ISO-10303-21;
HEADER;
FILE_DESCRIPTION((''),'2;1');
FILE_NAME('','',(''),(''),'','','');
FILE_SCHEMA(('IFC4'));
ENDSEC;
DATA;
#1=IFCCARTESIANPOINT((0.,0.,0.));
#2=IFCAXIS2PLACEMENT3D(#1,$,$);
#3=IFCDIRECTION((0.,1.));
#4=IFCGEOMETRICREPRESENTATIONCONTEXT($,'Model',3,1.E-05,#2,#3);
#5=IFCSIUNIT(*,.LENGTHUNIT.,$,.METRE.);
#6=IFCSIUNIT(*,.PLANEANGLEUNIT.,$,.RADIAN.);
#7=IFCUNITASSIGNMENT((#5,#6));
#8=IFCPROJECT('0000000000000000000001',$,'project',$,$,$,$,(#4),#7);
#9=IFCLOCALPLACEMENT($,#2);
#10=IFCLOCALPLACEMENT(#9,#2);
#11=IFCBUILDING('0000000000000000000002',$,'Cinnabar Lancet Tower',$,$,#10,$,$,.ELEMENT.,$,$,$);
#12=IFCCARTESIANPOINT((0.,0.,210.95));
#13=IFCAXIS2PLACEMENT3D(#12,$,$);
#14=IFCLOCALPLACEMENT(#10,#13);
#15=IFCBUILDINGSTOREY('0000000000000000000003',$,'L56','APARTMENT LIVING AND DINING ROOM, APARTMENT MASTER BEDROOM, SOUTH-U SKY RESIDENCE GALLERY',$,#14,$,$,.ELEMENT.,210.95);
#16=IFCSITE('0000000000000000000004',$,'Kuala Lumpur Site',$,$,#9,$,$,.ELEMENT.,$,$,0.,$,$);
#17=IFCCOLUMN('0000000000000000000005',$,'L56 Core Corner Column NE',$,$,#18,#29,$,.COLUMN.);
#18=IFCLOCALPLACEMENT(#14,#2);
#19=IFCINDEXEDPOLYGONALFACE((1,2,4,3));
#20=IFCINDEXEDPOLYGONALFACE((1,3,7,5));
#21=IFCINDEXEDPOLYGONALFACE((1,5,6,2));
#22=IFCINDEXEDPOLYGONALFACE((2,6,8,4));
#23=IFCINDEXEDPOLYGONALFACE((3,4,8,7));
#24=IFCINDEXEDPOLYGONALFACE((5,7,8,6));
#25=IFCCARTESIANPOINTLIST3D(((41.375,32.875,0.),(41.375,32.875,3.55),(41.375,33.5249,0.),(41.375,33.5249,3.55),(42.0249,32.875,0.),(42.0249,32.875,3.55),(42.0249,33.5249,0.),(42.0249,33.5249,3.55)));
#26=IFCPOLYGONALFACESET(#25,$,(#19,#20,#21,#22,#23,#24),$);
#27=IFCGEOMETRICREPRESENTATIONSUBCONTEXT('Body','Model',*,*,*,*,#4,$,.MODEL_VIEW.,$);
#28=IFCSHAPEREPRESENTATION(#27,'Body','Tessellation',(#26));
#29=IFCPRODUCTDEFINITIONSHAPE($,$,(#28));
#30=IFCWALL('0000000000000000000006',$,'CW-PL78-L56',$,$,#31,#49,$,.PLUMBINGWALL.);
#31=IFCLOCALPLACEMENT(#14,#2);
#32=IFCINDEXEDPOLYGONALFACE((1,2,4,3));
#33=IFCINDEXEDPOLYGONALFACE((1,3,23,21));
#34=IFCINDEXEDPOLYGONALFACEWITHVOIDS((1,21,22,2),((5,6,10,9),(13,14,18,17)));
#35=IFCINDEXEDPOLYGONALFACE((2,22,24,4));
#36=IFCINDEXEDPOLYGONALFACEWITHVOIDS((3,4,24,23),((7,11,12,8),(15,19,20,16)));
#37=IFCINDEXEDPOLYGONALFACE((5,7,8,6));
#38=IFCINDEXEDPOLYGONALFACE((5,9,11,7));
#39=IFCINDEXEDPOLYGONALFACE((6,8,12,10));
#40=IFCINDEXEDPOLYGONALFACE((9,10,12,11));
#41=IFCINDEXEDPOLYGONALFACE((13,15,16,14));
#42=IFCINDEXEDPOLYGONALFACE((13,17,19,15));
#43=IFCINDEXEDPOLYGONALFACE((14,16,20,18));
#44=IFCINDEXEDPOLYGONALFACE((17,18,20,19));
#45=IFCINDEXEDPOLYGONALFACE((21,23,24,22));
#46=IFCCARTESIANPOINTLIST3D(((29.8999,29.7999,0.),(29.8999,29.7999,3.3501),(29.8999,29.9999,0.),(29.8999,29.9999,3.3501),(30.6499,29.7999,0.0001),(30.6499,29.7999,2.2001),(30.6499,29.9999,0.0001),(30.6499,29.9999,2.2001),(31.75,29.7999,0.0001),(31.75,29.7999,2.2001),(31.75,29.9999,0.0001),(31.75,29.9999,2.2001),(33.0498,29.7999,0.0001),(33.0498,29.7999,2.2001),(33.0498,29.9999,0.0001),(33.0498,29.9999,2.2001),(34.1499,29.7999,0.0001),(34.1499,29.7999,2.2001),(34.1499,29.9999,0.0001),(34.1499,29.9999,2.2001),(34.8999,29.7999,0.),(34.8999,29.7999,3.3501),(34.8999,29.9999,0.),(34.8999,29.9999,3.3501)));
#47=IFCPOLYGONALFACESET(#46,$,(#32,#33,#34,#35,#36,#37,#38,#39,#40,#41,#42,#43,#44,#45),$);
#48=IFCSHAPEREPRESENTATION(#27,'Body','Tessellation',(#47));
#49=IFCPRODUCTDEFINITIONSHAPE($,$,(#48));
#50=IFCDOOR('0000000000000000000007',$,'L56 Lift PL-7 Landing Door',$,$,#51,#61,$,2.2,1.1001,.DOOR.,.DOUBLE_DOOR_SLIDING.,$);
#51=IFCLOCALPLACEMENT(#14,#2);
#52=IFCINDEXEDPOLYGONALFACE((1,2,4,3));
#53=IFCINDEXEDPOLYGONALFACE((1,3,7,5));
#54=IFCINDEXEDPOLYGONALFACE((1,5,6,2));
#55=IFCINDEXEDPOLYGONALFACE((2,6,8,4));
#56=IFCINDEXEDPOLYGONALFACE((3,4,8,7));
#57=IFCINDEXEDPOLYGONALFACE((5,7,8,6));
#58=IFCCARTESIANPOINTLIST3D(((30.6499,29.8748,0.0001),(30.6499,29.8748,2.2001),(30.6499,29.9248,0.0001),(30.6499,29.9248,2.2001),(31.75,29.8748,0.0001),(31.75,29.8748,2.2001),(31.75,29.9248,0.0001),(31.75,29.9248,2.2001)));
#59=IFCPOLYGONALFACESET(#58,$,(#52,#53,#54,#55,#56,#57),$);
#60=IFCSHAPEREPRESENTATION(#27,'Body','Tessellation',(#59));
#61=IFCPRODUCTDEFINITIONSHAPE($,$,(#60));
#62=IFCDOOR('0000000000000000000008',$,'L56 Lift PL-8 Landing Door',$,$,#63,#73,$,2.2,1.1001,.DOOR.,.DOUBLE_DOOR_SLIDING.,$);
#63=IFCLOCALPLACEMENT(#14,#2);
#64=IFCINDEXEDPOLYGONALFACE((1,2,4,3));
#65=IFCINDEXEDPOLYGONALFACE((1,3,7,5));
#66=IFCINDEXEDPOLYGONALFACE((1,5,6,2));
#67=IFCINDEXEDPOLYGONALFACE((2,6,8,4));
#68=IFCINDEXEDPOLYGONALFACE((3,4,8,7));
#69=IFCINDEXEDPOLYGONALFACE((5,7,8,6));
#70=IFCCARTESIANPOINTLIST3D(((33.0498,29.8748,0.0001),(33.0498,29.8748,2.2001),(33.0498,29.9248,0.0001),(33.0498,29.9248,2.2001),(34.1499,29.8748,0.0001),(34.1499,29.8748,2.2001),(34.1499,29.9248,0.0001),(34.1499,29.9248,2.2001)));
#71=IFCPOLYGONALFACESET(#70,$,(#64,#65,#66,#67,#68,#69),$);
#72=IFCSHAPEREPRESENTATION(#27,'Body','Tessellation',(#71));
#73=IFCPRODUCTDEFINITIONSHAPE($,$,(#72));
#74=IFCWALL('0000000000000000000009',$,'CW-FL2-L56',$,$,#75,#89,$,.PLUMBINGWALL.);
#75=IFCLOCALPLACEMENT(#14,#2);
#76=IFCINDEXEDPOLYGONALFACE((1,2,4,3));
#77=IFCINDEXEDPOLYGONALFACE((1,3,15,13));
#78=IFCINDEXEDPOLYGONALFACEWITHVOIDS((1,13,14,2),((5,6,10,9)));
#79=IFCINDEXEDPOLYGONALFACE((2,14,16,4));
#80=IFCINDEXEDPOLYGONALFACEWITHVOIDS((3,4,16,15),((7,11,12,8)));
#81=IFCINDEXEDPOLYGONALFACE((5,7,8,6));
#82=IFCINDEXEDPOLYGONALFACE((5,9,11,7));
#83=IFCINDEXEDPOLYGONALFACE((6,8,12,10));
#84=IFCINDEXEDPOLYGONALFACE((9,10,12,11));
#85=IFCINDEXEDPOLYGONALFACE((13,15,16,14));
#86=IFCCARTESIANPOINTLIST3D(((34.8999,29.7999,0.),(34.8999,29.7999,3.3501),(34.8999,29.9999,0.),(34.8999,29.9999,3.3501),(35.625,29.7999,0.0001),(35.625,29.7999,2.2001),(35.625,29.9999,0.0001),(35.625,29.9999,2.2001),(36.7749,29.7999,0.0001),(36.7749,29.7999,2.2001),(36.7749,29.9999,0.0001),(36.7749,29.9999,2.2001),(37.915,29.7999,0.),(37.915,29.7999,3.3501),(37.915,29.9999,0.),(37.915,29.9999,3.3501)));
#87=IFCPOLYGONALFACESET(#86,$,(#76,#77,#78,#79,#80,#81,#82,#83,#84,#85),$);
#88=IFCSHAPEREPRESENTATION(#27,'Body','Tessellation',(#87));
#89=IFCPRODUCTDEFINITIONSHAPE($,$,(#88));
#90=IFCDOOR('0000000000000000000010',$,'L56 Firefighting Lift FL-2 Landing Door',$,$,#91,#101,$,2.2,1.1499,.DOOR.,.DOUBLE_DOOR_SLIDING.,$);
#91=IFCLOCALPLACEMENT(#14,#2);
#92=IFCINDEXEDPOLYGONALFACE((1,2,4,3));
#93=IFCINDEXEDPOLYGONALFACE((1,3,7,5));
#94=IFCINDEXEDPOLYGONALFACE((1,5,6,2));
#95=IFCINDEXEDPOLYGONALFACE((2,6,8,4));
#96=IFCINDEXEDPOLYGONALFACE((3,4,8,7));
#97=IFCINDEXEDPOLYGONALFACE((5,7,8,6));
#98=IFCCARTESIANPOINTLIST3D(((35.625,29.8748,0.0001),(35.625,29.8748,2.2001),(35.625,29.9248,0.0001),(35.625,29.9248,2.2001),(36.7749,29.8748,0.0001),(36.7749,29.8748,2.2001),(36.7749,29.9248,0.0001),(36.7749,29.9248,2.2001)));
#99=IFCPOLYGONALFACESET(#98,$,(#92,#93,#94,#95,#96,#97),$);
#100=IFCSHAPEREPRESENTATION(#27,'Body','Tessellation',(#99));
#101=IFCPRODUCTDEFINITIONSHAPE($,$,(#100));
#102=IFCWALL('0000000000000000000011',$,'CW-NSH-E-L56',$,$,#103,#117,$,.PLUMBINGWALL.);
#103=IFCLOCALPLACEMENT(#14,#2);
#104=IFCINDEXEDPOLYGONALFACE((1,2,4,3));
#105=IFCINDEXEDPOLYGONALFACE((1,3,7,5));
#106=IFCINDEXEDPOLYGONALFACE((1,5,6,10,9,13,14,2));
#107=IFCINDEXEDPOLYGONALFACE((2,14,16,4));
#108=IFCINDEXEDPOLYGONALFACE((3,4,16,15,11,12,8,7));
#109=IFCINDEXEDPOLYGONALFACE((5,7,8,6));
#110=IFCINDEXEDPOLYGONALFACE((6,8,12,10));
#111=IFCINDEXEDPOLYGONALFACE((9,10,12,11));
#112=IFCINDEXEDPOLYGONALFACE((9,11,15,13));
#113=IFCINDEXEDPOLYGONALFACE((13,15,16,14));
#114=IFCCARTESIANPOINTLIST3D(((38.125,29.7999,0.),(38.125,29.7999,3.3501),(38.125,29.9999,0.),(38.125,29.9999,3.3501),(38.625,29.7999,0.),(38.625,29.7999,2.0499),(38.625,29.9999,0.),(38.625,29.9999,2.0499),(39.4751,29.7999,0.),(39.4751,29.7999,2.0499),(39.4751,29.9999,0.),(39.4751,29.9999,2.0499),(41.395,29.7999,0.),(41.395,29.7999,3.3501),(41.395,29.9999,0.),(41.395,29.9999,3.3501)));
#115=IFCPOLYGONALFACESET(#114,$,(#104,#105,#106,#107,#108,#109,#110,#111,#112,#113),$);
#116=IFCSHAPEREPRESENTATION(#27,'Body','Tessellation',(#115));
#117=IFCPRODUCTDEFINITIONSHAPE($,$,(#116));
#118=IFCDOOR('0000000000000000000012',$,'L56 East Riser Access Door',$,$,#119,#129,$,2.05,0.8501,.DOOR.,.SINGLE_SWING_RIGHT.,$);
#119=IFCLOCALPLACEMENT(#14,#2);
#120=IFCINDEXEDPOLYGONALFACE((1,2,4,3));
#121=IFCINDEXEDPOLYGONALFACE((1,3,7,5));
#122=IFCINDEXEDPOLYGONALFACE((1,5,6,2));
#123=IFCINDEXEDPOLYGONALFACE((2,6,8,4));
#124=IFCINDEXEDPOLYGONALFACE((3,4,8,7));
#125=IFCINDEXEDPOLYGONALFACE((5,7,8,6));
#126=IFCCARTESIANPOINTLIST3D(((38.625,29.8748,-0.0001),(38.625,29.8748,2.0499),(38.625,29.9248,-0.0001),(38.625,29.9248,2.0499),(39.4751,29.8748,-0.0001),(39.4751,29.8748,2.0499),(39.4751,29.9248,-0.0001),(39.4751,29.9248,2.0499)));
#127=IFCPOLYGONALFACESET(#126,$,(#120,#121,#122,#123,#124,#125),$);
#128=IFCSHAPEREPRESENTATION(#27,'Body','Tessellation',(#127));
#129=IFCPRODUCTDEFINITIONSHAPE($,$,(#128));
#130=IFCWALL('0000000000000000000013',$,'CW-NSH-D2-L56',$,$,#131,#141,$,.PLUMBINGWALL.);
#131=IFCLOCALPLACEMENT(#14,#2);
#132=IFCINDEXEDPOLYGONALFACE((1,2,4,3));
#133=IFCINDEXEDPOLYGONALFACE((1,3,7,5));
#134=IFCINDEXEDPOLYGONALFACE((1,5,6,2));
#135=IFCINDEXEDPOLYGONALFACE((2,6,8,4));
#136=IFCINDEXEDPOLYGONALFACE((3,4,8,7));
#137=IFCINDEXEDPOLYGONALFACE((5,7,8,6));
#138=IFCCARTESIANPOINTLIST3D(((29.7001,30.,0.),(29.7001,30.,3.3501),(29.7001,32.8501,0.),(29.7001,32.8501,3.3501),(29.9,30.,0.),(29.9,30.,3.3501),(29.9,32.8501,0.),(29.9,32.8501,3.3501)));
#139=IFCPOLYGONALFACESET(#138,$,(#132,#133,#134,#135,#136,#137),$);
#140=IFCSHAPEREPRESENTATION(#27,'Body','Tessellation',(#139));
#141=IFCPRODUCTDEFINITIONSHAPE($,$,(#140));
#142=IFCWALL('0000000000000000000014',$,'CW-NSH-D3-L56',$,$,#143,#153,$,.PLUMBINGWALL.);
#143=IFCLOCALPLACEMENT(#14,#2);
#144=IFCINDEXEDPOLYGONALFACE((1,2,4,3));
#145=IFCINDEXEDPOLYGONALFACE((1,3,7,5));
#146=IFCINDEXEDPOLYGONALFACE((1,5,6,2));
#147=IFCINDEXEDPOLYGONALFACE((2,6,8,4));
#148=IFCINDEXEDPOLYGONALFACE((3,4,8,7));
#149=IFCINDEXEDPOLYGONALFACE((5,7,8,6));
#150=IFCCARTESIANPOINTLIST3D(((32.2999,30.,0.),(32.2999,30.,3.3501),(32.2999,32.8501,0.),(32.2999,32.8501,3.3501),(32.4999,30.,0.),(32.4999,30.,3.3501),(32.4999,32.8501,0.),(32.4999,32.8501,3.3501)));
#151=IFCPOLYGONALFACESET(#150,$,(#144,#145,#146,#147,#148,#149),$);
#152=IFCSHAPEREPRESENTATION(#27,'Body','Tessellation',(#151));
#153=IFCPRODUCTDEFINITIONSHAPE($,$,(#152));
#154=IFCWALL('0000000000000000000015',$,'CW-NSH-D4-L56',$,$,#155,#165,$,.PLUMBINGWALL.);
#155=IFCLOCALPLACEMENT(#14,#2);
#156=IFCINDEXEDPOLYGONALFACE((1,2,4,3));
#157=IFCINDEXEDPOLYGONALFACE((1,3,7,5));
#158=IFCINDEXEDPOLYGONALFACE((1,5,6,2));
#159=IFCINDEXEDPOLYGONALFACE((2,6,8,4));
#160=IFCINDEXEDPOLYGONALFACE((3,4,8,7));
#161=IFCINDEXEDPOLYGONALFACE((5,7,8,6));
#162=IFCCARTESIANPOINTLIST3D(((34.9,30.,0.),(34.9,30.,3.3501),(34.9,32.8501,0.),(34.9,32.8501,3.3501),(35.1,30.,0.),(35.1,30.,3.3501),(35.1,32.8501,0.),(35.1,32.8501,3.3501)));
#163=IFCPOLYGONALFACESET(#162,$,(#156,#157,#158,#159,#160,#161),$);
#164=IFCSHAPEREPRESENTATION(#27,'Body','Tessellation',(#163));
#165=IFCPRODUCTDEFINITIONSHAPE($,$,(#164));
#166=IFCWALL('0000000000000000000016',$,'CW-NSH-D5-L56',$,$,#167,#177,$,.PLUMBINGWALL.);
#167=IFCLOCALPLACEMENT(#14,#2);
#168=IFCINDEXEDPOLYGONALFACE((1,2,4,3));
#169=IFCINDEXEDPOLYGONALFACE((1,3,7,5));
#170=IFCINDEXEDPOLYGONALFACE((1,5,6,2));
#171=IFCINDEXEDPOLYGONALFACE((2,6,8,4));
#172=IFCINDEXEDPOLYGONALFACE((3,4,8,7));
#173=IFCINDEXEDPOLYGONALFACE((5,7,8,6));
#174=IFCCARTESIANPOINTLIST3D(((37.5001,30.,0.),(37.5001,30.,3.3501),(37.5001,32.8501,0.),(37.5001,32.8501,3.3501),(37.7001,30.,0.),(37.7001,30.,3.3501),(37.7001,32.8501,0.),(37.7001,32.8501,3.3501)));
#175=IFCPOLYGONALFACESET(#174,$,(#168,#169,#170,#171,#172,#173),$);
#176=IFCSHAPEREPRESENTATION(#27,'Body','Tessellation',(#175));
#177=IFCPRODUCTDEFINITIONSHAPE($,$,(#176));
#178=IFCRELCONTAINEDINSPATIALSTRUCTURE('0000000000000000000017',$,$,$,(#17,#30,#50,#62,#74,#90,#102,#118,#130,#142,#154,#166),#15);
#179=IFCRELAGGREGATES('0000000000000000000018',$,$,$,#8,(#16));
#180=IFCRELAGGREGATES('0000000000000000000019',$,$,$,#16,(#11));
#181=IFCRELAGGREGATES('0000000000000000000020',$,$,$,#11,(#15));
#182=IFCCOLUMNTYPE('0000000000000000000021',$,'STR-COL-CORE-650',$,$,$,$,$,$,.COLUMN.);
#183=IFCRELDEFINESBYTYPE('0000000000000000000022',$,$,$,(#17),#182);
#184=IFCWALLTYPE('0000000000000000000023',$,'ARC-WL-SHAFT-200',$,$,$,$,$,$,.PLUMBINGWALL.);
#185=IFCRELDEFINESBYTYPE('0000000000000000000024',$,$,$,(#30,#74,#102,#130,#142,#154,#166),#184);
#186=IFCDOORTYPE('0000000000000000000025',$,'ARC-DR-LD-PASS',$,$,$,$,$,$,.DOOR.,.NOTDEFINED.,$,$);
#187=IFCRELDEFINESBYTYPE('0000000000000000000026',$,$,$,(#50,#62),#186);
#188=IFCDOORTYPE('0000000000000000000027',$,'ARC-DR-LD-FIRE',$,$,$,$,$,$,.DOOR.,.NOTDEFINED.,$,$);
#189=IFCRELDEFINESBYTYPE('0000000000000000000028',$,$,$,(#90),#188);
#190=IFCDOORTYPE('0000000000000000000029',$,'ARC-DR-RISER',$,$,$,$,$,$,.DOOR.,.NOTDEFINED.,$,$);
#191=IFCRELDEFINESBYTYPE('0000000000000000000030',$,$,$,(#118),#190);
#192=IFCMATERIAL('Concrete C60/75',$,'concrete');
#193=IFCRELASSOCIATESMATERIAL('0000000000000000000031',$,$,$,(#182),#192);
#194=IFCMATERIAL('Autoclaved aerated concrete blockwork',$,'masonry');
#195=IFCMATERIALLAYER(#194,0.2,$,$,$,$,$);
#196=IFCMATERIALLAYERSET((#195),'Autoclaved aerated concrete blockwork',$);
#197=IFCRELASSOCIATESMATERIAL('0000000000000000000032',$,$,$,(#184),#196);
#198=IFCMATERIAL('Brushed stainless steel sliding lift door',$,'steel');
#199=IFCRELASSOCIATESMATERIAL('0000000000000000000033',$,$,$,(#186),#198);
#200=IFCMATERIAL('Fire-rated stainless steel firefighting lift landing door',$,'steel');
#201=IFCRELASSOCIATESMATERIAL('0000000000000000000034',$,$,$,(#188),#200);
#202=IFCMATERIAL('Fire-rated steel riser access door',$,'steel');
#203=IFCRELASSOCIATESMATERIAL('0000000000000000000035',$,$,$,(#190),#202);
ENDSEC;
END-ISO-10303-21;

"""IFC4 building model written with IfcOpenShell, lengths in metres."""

from ifc_helpers import new_model, si_unit, direction, frame, frame_2d, origin, origin_2d, place, context, subcontext, project, spatial, rectangle, extrude, material, layer, layer_set, material_profile, profile_set, type_object, element, fill, save


model = new_model("IFC4")

# Units and contexts
model_context = context("Model", 3, precision=1e-05, world=origin(), true_north=direction((0.0, 1.0)))
body_context = subcontext(model_context, "Body", "Model", "MODEL_VIEW")
ifc_project = project(units=[si_unit("LENGTHUNIT", "METRE"), si_unit("PLANEANGLEUNIT", "RADIAN")], contexts=[model_context])

# Site, building, storey
site_placement = place(None, origin())
site = spatial("IfcSite", under=ifc_project, at=site_placement, Name="Kuala Lumpur Site", CompositionType="ELEMENT", RefElevation=0.0)
building_placement = place(site_placement, origin())
building = spatial("IfcBuilding", under=site, at=building_placement, Name="Cinnabar Lancet Tower", CompositionType="ELEMENT")
storey_placement = place(building_placement, frame((0.0, 0.0, 210.95)))
storey = spatial("IfcBuildingStorey", under=building, at=storey_placement, Name="L56", Description="APARTMENT LIVING AND DINING ROOM, APARTMENT MASTER BEDROOM, SOUTH-U SKY RESIDENCE GALLERY", CompositionType="ELEMENT", Elevation=210.95)

# Column
ifc_material_1 = material(Name="Concrete C60/75", Category="concrete")
ifc_material_profile = material_profile(ifc_material_1, rectangle(XDim=0.6499, YDim=0.6499, at=origin_2d()), Name="RC-COL 650x650")
ifc_profile_set = profile_set([ifc_material_profile], Name="Concrete C60/75")
column_type = type_object("IfcColumnType", Name="STR-COL-CORE-650", PredefinedType="COLUMN", material=ifc_profile_set)
column_placement = place(storey_placement, frame((41.7, 33.2, 0.0), z_axis=(0.0, 0.0, 1.0), x_axis=(1.0, 0.0, 0.0)))
element("IfcColumn", 1, at=column_placement, inside=storey, type_object=column_type, Name="L56 Core Corner Column NE", PredefinedType="COLUMN", context=body_context, shape_type="SweptSolid", body=[
    extrude(rectangle(XDim=0.6499, YDim=0.6499, at=origin_2d()), origin(), (0.0, 0.0, 1.0), 3.55),
])

# Wall, openings, doors
ifc_material_2 = material(Name="Autoclaved aerated concrete blockwork", Category="masonry")
ifc_layer_1 = layer(ifc_material_2, 0.2)
ifc_layer_set_1 = layer_set([ifc_layer_1], Name="Autoclaved aerated concrete blockwork")
wall_type_1 = type_object("IfcWallType", Name="ARC-WL-SHAFT-200", PredefinedType="PLUMBINGWALL", material=ifc_layer_set_1)
wall_1_placement = place(storey_placement, frame((29.8999, 29.8999, 0.0), z_axis=(0.0, 0.0, 1.0), x_axis=(1.0, 0.0, 0.0)))
wall_1 = element("IfcWall", 2, at=wall_1_placement, inside=storey, type_object=wall_type_1, Name="CW-PL78-L56", PredefinedType="PLUMBINGWALL", context=body_context, shape_type="SweptSolid", body=[
    extrude(rectangle(XDim=5.0, YDim=0.2, at=frame_2d((2.5, 0.0))), origin(), (0.0, 0.0, 1.0), 3.3501),
])
opening_1_placement = place(wall_1_placement, frame((0.75, 0.0, 0.0)))
opening_1 = element("IfcOpeningElement", 3, at=opening_1_placement, cuts=wall_1, PredefinedType="OPENING", context=body_context, shape_type="SweptSolid", body=[
    extrude(rectangle(XDim=1.1001, YDim=2.2, at=frame_2d((0.55, 1.1001))), frame((0.0, 0.1099, 0.0), z_axis=(0.0, -1.0, 0.0), x_axis=(1.0, 0.0, 0.0)), (0.0, 0.0, 1.0), 0.22),
])
opening_2_placement = place(wall_1_placement, frame((3.1499, 0.0, 0.0)))
opening_2 = element("IfcOpeningElement", 4, at=opening_2_placement, cuts=wall_1, PredefinedType="OPENING", context=body_context, shape_type="SweptSolid", body=[
    extrude(rectangle(XDim=1.1001, YDim=2.2, at=frame_2d((0.55, 1.1001))), frame((0.0, 0.1099, 0.0), z_axis=(0.0, -1.0, 0.0), x_axis=(1.0, 0.0, 0.0)), (0.0, 0.0, 1.0), 0.22),
])
ifc_material_3 = material(Name="Brushed stainless steel sliding lift door", Category="steel")
door_type_1 = type_object("IfcDoorType", Name="ARC-DR-LD-PASS", OperationType="NOTDEFINED", PredefinedType="DOOR", material=ifc_material_3)
door_1_placement = place(opening_1_placement, origin())
door_1 = element("IfcDoor", 5, at=door_1_placement, inside=storey, type_object=door_type_1, Name="L56 Lift PL-7 Landing Door", OperationType="DOUBLE_DOOR_SLIDING", OverallHeight=2.2, OverallWidth=1.1001, PredefinedType="DOOR", context=body_context, shape_type="SweptSolid", body=[
    extrude(rectangle(XDim=1.1001, YDim=2.2, at=frame_2d((0.55, 1.1001))), frame((0.0, 0.0249, 0.0), z_axis=(0.0, -1.0, 0.0), x_axis=(1.0, 0.0, 0.0)), (0.0, 0.0, 1.0), 0.05),
])
fill(opening_1, door_1)
door_2_placement = place(opening_2_placement, origin())
door_2 = element("IfcDoor", 6, at=door_2_placement, inside=storey, type_object=door_type_1, Name="L56 Lift PL-8 Landing Door", OperationType="DOUBLE_DOOR_SLIDING", OverallHeight=2.2, OverallWidth=1.1001, PredefinedType="DOOR", context=body_context, shape_type="SweptSolid", body=[
    extrude(rectangle(XDim=1.1001, YDim=2.2, at=frame_2d((0.55, 1.1001))), frame((0.0, 0.0249, 0.0), z_axis=(0.0, -1.0, 0.0), x_axis=(1.0, 0.0, 0.0)), (0.0, 0.0, 1.0), 0.05),
])
fill(opening_2, door_2)

# Walls, openings, doors
wall_2_placement = place(storey_placement, frame((34.8999, 29.8999, 0.0), z_axis=(0.0, 0.0, 1.0), x_axis=(1.0, 0.0, 0.0)))
wall_2 = element("IfcWall", 7, at=wall_2_placement, inside=storey, type_object=wall_type_1, Name="CW-FL2-L56", PredefinedType="PLUMBINGWALL", context=body_context, shape_type="SweptSolid", body=[
    extrude(rectangle(XDim=3.0151, YDim=0.2, at=frame_2d((1.5076, 0.0))), origin(), (0.0, 0.0, 1.0), 3.3501),
])
opening_3_placement = place(wall_2_placement, frame((0.7251, 0.0, 0.0)))
opening_3 = element("IfcOpeningElement", 8, at=opening_3_placement, cuts=wall_2, PredefinedType="OPENING", context=body_context, shape_type="SweptSolid", body=[
    extrude(rectangle(XDim=1.1499, YDim=2.2, at=frame_2d((0.575, 1.1001))), frame((0.0, 0.1099, 0.0), z_axis=(0.0, -1.0, 0.0), x_axis=(1.0, 0.0, 0.0)), (0.0, 0.0, 1.0), 0.22),
])
ifc_material_4 = material(Name="Fire-rated stainless steel firefighting lift landing door", Category="steel")
door_type_2 = type_object("IfcDoorType", Name="ARC-DR-LD-FIRE", OperationType="NOTDEFINED", PredefinedType="DOOR", material=ifc_material_4)
door_3_placement = place(opening_3_placement, origin())
door_3 = element("IfcDoor", 9, at=door_3_placement, inside=storey, type_object=door_type_2, Name="L56 Firefighting Lift FL-2 Landing Door", OperationType="DOUBLE_DOOR_SLIDING", OverallHeight=2.2, OverallWidth=1.1499, PredefinedType="DOOR", context=body_context, shape_type="SweptSolid", body=[
    extrude(rectangle(XDim=1.1499, YDim=2.2, at=frame_2d((0.575, 1.1001))), frame((0.0, 0.0249, 0.0), z_axis=(0.0, -1.0, 0.0), x_axis=(1.0, 0.0, 0.0)), (0.0, 0.0, 1.0), 0.05),
])
fill(opening_3, door_3)
wall_3_placement = place(storey_placement, frame((38.125, 29.8999, 0.0), z_axis=(0.0, 0.0, 1.0), x_axis=(1.0, 0.0, 0.0)))
wall_3 = element("IfcWall", 10, at=wall_3_placement, inside=storey, type_object=wall_type_1, Name="CW-NSH-E-L56", PredefinedType="PLUMBINGWALL", context=body_context, shape_type="SweptSolid", body=[
    extrude(rectangle(XDim=3.27, YDim=0.2, at=frame_2d((1.635, 0.0))), origin(), (0.0, 0.0, 1.0), 3.3501),
])
opening_4_placement = place(wall_3_placement, frame((0.5, 0.0, 0.0)))
opening_4 = element("IfcOpeningElement", 11, at=opening_4_placement, cuts=wall_3, PredefinedType="OPENING", context=body_context, shape_type="SweptSolid", body=[
    extrude(rectangle(XDim=0.8501, YDim=2.05, at=frame_2d((0.425, 1.0249))), frame((0.0, 0.1099, 0.0), z_axis=(0.0, -1.0, 0.0), x_axis=(1.0, 0.0, 0.0)), (0.0, 0.0, 1.0), 0.22),
])
ifc_material_5 = material(Name="Fire-rated steel riser access door", Category="steel")
door_type_3 = type_object("IfcDoorType", Name="ARC-DR-RISER", OperationType="NOTDEFINED", PredefinedType="DOOR", material=ifc_material_5)
door_4_placement = place(opening_4_placement, origin())
door_4 = element("IfcDoor", 12, at=door_4_placement, inside=storey, type_object=door_type_3, Name="L56 East Riser Access Door", OperationType="SINGLE_SWING_RIGHT", OverallHeight=2.05, OverallWidth=0.8501, PredefinedType="DOOR", context=body_context, shape_type="SweptSolid", body=[
    extrude(rectangle(XDim=0.8501, YDim=2.05, at=frame_2d((0.425, 1.0249))), frame((0.0, 0.0249, 0.0), z_axis=(0.0, -1.0, 0.0), x_axis=(1.0, 0.0, 0.0)), (0.0, 0.0, 1.0), 0.05),
])
fill(opening_4, door_4)

# Walls
for number, where, z_axis, x_axis, name in (
    (13, (29.8, 30.0, 0.0), (0.0, 0.0, 1.0), (0.0, 1.0, 0.0), "CW-NSH-D2-L56"),
    (14, (32.3999, 30.0, 0.0), (0.0, 0.0, 1.0), (0.0, 1.0, 0.0), "CW-NSH-D3-L56"),
    (15, (35.0, 30.0, 0.0), (0.0, 0.0, 1.0), (0.0, 1.0, 0.0), "CW-NSH-D4-L56"),
    (16, (37.6001, 30.0, 0.0), (0.0, 0.0, 1.0), (0.0, 1.0, 0.0), "CW-NSH-D5-L56"),
):
    element("IfcWall", number, at=place(storey_placement, frame(where, z_axis=z_axis, x_axis=x_axis)), inside=storey, type_object=wall_type_1, Name=name, PredefinedType="PLUMBINGWALL", context=body_context, shape_type="SweptSolid", body=[
        extrude(rectangle(XDim=2.8501, YDim=0.2, at=frame_2d((1.425, 0.0))), origin(), (0.0, 0.0, 1.0), 3.3501),
    ])

save(model, "model.ifc")
